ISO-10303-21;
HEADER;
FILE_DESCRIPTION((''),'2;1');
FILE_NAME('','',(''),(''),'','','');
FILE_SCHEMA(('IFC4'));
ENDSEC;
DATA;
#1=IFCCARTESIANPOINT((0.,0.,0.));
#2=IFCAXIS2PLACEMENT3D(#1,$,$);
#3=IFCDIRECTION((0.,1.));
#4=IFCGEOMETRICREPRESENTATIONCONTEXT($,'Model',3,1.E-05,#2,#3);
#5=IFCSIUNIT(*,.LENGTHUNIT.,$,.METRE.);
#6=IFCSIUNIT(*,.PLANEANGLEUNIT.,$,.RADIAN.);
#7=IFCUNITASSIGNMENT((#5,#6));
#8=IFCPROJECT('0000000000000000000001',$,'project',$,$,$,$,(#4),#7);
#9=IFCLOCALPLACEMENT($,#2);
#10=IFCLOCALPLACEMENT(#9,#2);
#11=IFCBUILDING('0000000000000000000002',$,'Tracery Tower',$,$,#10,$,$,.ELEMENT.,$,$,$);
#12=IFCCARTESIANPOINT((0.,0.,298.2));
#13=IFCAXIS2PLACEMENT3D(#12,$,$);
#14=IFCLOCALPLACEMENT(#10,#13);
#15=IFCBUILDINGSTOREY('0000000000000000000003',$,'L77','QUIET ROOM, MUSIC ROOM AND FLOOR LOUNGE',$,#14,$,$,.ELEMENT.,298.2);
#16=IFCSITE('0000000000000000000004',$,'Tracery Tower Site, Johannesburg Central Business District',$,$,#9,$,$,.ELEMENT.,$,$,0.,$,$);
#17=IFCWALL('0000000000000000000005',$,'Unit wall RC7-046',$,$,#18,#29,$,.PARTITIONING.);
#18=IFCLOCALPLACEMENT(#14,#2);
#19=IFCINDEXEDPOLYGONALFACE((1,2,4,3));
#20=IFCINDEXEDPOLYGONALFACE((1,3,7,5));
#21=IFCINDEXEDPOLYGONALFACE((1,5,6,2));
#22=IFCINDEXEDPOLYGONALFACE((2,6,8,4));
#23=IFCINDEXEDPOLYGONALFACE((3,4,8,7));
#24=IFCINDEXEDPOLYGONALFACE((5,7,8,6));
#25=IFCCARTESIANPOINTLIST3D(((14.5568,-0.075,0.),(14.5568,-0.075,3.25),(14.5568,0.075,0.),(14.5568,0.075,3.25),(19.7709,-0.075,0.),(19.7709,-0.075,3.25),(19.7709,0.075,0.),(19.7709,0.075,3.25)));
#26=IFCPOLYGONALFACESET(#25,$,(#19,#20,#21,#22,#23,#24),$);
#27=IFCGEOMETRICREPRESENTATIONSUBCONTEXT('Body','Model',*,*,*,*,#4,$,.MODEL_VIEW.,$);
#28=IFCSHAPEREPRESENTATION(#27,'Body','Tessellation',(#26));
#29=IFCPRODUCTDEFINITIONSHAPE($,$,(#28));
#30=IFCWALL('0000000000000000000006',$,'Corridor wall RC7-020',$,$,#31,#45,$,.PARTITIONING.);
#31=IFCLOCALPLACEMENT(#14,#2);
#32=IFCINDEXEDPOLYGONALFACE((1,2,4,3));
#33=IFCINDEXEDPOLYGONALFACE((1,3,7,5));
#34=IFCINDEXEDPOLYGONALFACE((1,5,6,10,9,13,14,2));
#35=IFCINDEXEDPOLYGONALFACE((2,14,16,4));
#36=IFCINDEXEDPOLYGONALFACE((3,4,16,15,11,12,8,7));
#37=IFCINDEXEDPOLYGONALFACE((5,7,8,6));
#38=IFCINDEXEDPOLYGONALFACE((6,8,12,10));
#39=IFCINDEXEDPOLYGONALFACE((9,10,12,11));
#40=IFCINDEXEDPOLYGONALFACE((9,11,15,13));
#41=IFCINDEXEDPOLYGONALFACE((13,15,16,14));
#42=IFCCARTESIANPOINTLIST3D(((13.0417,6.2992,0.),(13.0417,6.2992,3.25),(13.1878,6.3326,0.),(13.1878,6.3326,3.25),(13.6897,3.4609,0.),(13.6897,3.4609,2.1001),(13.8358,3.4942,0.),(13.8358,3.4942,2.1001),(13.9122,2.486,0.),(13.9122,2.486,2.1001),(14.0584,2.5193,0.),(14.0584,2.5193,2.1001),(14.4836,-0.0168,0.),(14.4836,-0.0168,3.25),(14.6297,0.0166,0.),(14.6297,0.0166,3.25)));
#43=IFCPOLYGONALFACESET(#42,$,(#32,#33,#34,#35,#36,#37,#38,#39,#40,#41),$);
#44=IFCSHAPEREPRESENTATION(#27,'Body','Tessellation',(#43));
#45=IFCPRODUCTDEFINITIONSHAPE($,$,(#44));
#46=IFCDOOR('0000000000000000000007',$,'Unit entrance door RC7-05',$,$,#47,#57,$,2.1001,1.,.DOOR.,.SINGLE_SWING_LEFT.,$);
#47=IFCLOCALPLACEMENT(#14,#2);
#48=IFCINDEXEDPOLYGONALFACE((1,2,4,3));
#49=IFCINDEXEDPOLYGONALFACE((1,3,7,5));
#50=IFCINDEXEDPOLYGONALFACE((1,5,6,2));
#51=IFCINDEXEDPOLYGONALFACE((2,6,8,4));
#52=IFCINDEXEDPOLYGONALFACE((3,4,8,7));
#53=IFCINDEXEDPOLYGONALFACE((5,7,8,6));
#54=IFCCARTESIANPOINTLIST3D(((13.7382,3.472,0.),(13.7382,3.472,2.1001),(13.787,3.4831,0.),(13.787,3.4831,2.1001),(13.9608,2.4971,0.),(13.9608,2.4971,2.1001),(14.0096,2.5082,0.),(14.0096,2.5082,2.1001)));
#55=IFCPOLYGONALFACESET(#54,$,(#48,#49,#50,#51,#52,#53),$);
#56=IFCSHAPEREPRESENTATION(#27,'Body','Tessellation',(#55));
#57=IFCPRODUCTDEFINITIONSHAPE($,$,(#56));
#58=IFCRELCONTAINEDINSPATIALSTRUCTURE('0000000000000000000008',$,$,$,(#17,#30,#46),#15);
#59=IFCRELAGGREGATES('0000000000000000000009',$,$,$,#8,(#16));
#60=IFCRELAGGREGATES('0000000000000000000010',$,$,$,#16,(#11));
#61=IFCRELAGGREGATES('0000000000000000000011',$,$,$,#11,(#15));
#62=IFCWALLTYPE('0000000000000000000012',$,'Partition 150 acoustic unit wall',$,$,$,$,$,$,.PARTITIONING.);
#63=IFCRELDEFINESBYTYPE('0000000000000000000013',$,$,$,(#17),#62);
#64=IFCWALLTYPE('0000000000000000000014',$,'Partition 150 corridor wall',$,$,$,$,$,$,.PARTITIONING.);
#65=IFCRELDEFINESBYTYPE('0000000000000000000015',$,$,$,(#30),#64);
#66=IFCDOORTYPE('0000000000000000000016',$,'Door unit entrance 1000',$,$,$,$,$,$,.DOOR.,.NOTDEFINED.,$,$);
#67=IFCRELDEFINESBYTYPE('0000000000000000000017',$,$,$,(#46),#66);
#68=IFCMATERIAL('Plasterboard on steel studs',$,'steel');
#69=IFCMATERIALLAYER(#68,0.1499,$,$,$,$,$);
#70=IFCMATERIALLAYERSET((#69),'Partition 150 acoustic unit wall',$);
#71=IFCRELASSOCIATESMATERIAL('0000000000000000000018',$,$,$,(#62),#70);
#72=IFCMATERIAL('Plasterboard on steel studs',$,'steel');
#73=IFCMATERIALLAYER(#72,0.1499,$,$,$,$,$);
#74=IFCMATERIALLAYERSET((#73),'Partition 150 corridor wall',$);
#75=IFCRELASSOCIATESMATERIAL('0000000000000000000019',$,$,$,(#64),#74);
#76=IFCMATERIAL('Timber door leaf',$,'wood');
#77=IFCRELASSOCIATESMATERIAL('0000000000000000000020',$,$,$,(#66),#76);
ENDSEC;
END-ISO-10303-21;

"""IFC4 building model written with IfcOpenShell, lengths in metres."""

from ifc_helpers import new_model, si_unit, direction, frame, frame_2d, origin, place, context, subcontext, project, spatial, rectangle, extrude, material, layer, layer_set, type_object, element, fill, save


model = new_model("IFC4")

# Units and contexts
model_context = context("Model", 3, precision=1e-05, world=origin(), true_north=direction((0.0, 1.0)))
body_context = subcontext(model_context, "Body", "Model", "MODEL_VIEW")
ifc_project = project(units=[si_unit("LENGTHUNIT", "METRE"), si_unit("PLANEANGLEUNIT", "RADIAN")], contexts=[model_context])

# Site, building, storey
site_placement = place(None, origin())
site = spatial("IfcSite", under=ifc_project, at=site_placement, Name="Tracery Tower Site, Johannesburg Central Business District", CompositionType="ELEMENT", RefElevation=0.0)
building_placement = place(site_placement, origin())
building = spatial("IfcBuilding", under=site, at=building_placement, Name="Tracery Tower", CompositionType="ELEMENT")
storey_placement = place(building_placement, frame((0.0, 0.0, 298.2)))
storey = spatial("IfcBuildingStorey", under=building, at=storey_placement, Name="L77", Description="QUIET ROOM, MUSIC ROOM AND FLOOR LOUNGE", CompositionType="ELEMENT", Elevation=298.2)

# Wall
ifc_material_1 = material(Name="Plasterboard on steel studs", Category="steel")
ifc_layer_1 = layer(ifc_material_1, 0.1499)
ifc_layer_set_1 = layer_set([ifc_layer_1], Name="Partition 150 acoustic unit wall")
wall_type_1 = type_object("IfcWallType", Name="Partition 150 acoustic unit wall", PredefinedType="PARTITIONING", material=ifc_layer_set_1)
wall_1_placement = place(storey_placement, frame((14.5569, 0.0, 0.0), z_axis=(0.0, 0.0, 1.0), x_axis=(1.0, 0.0, 0.0)))
element("IfcWall", 1, at=wall_1_placement, inside=storey, type_object=wall_type_1, Name="Unit wall RC7-046", PredefinedType="PARTITIONING", context=body_context, shape_type="SweptSolid", body=[
    extrude(rectangle(XDim=5.2141, YDim=0.1499, at=frame_2d((2.6069, 0.0))), origin(), (0.0, 0.0, 1.0), 3.25),
])

# Wall, opening, door
ifc_material_2 = material(Name="Plasterboard on steel studs", Category="steel")
ifc_layer_2 = layer(ifc_material_2, 0.1499)
ifc_layer_set_2 = layer_set([ifc_layer_2], Name="Partition 150 corridor wall")
wall_type_2 = type_object("IfcWallType", Name="Partition 150 corridor wall", PredefinedType="PARTITIONING", material=ifc_layer_set_2)
wall_2_placement = place(storey_placement, frame((13.1147, 6.3159, 0.0), z_axis=(0.0, 0.0, 1.0), x_axis=(0.222569, -0.974917, 0.0)))
wall_2 = element("IfcWall", 2, at=wall_2_placement, inside=storey, type_object=wall_type_2, Name="Corridor wall RC7-020", PredefinedType="PARTITIONING", context=body_context, shape_type="SweptSolid", body=[
    extrude(rectangle(XDim=6.4785, YDim=0.1499, at=frame_2d((3.2393, 0.0))), origin(), (0.0, 0.0, 1.0), 3.25),
])
opening_1_placement = place(wall_2_placement, frame((2.9114, 0.0, 0.0)))
opening_1 = element("IfcOpeningElement", 3, at=opening_1_placement, cuts=wall_2, PredefinedType="OPENING", context=body_context, shape_type="SweptSolid", body=[
    extrude(rectangle(XDim=1.0, YDim=2.1001, at=frame_2d((0.5, 1.05))), frame((0.0, 0.075, 0.0), z_axis=(0.0, -1.0, 0.0), x_axis=(1.0, 0.0, 0.0)), (0.0, 0.0, 1.0), 0.1499),
])
ifc_material_3 = material(Name="Timber door leaf", Category="wood")
door_type_1 = type_object("IfcDoorType", Name="Door unit entrance 1000", OperationType="NOTDEFINED", PredefinedType="DOOR", material=ifc_material_3)
door_1_placement = place(opening_1_placement, origin())
door_1 = element("IfcDoor", 4, at=door_1_placement, inside=storey, type_object=door_type_1, Name="Unit entrance door RC7-05", OperationType="SINGLE_SWING_LEFT", OverallHeight=2.1001, OverallWidth=1.0, PredefinedType="DOOR", context=body_context, shape_type="SweptSolid", body=[
    extrude(rectangle(XDim=1.0, YDim=2.1001, at=frame_2d((0.5, 1.05))), frame((0.0, 0.0249, 0.0), z_axis=(0.0, -1.0, 0.0), x_axis=(1.0, 0.0, 0.0)), (0.0, 0.0, 1.0), 0.05),
])
fill(opening_1, door_1)

save(model, "model.ifc")
